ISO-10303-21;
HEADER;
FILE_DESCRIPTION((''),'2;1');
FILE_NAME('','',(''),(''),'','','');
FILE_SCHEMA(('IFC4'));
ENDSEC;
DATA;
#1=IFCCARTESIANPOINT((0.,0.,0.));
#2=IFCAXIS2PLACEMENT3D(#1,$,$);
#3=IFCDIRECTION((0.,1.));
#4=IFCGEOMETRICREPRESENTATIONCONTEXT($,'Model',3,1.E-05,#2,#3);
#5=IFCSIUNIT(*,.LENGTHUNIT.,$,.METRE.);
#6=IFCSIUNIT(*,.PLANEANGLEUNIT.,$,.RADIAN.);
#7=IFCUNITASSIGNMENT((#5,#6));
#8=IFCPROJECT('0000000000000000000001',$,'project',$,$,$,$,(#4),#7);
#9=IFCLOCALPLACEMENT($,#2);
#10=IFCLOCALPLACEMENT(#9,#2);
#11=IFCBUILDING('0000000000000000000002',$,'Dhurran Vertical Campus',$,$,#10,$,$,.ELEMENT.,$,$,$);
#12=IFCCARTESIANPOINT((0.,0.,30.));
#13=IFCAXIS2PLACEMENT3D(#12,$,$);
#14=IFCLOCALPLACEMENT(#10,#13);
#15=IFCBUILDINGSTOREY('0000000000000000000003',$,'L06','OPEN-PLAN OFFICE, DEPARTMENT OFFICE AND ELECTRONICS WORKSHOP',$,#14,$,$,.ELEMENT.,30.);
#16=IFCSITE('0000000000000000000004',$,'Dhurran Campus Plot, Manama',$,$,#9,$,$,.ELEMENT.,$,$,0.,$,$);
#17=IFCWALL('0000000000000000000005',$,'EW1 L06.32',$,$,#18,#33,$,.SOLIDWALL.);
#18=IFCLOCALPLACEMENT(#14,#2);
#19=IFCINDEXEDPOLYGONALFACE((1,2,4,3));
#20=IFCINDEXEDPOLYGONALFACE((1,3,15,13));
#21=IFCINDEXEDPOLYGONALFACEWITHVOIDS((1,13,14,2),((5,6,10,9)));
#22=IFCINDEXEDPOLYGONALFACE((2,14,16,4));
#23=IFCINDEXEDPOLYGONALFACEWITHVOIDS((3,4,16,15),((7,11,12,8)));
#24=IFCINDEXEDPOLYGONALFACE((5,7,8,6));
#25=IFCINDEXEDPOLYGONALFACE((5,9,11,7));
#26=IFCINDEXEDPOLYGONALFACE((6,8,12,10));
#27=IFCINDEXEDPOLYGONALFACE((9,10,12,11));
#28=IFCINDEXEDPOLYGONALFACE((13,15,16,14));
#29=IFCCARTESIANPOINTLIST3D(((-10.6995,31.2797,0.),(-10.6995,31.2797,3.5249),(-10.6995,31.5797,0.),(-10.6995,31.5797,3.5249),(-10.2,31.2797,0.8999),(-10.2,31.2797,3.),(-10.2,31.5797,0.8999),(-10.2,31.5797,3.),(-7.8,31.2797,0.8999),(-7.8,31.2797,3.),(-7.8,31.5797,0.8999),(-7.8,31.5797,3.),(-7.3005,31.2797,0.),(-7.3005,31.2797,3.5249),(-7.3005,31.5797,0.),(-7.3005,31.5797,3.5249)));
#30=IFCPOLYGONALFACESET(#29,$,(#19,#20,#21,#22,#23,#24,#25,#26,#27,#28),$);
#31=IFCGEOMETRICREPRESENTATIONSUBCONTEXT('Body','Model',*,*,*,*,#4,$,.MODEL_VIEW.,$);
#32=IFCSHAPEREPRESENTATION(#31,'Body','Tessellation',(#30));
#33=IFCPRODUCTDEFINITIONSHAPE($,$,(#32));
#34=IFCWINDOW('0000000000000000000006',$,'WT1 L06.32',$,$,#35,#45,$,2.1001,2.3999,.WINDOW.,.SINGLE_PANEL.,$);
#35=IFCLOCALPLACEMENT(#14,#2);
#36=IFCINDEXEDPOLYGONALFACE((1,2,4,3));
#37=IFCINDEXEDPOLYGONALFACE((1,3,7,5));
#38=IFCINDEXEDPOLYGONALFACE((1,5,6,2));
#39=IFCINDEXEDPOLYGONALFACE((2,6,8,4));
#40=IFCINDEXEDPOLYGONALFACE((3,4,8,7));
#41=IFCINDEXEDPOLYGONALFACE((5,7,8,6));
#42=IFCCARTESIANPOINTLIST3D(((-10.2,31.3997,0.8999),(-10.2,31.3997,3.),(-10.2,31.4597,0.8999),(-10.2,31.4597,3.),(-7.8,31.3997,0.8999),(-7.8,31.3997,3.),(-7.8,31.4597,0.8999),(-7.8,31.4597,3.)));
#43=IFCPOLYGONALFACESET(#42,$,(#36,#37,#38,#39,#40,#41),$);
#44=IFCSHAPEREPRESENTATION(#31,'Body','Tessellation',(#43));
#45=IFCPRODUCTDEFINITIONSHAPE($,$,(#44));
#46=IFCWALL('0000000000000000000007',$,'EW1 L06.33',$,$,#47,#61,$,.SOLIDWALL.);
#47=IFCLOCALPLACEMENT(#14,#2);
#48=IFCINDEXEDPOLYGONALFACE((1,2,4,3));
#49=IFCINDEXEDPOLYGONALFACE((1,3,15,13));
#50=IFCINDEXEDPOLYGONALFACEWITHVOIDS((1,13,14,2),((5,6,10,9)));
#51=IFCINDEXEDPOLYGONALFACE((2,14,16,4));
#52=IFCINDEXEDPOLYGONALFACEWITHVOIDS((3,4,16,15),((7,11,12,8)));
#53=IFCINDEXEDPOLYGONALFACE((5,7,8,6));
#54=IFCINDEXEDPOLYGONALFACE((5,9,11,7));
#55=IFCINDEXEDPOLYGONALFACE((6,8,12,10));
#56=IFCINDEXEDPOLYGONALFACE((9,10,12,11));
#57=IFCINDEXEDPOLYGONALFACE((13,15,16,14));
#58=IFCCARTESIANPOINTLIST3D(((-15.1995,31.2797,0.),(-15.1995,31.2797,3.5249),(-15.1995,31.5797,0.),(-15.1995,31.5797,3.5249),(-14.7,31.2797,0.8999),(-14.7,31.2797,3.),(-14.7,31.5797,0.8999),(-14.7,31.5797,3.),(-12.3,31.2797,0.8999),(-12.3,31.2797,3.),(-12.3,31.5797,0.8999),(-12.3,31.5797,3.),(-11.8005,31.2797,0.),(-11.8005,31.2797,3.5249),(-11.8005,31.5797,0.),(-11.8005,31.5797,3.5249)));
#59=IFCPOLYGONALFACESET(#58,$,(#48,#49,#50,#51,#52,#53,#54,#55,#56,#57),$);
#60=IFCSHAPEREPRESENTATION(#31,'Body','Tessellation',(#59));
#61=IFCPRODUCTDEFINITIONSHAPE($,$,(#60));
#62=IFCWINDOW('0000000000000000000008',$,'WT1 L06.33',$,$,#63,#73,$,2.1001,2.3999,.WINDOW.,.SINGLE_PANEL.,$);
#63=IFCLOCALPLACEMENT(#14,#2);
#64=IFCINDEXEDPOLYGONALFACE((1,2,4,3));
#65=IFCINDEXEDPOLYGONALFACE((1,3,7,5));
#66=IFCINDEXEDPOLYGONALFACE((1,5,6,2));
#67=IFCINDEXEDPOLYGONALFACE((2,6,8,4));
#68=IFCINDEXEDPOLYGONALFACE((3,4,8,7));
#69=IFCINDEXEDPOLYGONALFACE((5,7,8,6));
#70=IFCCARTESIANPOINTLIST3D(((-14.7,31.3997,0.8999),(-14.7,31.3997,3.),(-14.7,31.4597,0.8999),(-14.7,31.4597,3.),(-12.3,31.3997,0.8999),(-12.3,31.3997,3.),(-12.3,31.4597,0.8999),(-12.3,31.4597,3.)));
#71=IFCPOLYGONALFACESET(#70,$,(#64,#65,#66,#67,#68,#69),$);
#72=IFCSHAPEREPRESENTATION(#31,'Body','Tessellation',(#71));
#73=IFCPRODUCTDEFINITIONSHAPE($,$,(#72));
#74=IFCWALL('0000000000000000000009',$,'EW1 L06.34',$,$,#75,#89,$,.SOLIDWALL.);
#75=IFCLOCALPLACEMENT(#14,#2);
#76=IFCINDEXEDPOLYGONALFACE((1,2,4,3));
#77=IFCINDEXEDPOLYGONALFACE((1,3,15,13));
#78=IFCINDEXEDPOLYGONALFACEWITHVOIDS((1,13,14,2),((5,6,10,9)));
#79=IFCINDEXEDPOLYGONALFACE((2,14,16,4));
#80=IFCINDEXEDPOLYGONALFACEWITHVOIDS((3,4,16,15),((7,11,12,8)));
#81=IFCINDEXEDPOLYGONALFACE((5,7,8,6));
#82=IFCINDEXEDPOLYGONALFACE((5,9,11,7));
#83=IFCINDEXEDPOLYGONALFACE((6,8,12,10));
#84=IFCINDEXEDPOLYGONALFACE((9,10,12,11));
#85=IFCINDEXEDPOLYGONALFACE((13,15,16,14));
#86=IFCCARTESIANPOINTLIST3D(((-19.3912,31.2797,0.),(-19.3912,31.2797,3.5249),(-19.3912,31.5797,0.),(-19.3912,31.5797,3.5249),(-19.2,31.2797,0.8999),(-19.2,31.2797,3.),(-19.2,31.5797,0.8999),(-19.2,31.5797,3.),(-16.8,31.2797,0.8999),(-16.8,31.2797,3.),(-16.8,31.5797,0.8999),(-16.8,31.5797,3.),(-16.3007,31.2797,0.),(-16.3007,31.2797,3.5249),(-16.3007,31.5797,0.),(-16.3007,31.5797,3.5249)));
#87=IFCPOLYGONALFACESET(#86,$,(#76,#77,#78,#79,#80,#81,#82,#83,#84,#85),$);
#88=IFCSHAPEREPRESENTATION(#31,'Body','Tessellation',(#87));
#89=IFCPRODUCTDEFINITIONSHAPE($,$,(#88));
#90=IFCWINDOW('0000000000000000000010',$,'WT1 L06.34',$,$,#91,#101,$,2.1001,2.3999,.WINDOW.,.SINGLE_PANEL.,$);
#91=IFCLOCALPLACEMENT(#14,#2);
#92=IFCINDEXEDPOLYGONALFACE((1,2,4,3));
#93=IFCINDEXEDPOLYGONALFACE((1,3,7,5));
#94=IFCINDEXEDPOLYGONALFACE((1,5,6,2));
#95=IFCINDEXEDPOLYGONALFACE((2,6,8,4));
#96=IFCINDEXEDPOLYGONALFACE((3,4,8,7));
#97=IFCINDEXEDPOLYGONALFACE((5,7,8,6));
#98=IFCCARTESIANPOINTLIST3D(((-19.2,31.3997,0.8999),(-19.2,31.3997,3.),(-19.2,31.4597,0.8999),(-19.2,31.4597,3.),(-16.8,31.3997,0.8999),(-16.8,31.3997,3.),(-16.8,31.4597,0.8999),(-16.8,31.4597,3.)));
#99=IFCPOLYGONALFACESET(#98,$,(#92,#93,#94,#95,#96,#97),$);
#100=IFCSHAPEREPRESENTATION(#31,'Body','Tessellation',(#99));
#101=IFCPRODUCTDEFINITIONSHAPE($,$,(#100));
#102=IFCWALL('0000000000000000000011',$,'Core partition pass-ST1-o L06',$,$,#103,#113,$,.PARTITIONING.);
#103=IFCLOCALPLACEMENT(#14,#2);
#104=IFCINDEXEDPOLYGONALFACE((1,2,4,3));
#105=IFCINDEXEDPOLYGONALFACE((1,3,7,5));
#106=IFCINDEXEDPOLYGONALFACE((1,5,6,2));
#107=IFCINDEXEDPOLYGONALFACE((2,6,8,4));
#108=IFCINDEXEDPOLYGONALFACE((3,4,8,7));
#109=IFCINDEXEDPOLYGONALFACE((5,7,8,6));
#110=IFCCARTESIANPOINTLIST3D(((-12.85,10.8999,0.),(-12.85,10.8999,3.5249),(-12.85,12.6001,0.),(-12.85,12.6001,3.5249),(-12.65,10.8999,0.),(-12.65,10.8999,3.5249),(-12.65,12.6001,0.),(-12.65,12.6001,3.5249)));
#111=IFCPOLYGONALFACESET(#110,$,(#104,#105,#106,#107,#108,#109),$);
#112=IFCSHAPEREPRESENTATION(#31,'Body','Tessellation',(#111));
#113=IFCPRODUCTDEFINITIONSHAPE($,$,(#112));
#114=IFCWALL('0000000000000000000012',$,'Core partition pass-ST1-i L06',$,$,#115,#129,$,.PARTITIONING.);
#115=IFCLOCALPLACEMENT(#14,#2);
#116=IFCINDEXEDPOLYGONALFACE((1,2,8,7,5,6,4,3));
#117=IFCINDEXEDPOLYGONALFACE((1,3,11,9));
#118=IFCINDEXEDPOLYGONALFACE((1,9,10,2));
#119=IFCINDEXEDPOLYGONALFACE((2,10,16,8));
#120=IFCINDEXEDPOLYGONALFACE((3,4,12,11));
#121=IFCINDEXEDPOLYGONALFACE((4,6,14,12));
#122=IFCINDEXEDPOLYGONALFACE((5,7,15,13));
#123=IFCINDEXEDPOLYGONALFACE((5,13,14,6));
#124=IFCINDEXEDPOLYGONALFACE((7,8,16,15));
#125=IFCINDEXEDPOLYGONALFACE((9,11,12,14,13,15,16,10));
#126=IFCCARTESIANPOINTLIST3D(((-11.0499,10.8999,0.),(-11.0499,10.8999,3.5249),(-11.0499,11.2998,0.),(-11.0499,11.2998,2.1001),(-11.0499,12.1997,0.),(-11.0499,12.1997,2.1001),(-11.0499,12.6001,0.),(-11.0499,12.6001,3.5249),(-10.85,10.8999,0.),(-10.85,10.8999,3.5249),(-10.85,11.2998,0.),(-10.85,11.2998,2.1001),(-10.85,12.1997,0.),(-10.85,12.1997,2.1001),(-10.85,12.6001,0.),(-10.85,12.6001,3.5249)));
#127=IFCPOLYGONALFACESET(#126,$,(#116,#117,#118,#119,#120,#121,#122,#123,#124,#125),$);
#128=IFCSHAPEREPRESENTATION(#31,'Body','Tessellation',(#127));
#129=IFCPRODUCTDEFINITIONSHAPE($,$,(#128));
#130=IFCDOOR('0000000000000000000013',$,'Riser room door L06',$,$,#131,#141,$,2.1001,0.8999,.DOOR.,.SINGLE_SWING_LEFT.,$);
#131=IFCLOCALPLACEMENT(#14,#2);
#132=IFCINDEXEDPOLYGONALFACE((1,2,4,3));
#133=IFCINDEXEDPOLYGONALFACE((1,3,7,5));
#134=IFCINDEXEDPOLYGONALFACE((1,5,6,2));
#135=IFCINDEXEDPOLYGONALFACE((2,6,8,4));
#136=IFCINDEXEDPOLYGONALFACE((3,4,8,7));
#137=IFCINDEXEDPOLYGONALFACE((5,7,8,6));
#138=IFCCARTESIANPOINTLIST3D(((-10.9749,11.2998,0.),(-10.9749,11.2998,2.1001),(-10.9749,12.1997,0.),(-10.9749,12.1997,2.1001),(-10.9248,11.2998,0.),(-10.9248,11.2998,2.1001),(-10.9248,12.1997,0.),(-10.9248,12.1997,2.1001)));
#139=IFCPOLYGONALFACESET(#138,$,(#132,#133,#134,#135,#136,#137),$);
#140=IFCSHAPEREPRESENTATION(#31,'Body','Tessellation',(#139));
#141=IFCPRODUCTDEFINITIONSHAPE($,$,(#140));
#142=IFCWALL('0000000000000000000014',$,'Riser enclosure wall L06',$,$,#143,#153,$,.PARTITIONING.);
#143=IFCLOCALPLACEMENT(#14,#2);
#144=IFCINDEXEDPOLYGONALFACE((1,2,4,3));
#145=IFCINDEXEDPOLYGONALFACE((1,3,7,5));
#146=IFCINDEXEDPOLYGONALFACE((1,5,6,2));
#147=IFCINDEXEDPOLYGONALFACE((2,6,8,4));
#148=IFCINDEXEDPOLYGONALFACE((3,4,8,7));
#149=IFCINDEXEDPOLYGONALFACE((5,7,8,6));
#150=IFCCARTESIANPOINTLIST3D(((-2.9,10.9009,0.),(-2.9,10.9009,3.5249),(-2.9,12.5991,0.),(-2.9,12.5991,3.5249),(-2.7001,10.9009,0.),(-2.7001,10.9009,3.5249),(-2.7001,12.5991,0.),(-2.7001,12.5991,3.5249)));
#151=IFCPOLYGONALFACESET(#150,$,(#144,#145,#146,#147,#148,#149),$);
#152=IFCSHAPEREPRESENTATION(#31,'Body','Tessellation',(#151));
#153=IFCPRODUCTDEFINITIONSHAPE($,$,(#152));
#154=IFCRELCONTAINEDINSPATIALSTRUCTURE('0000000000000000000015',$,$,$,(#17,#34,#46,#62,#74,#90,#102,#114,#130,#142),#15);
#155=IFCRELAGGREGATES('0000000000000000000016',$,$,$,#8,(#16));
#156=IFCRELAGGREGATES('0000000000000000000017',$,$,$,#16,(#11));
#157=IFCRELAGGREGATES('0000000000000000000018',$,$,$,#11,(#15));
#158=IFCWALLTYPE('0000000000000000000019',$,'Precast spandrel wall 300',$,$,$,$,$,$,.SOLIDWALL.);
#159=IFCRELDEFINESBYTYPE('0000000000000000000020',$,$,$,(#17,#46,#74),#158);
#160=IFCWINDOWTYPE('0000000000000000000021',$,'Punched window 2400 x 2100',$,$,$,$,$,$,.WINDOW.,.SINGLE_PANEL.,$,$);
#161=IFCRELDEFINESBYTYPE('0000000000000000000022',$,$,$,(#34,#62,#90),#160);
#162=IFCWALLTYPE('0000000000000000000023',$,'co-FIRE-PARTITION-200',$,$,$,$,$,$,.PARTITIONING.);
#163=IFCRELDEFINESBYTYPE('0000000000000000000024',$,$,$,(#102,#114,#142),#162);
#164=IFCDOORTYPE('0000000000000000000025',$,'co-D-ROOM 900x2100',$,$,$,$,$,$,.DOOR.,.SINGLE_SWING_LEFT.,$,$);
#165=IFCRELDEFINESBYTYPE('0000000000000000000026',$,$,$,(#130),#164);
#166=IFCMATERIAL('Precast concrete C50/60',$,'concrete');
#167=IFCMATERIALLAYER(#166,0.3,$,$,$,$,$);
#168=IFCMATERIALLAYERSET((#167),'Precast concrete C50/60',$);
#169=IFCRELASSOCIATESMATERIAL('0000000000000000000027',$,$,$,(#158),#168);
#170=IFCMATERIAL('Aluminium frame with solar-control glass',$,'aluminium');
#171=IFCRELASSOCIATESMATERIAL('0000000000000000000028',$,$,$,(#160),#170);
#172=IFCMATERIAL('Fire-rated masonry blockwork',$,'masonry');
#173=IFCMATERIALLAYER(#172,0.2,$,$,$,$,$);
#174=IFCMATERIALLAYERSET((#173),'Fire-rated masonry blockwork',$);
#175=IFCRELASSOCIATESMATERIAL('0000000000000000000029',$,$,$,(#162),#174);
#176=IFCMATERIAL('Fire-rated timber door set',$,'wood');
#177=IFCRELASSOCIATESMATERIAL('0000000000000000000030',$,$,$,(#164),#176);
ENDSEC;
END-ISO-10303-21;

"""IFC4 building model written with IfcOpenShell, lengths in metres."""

from ifc_helpers import new_model, si_unit, direction, frame, frame_2d, origin, place, context, subcontext, project, spatial, rectangle, extrude, material, layer, layer_set, type_object, element, fill, save


model = new_model("IFC4")

# Units and contexts
model_context = context("Model", 3, precision=1e-05, world=origin(), true_north=direction((0.0, 1.0)))
body_context = subcontext(model_context, "Body", "Model", "MODEL_VIEW")
ifc_project = project(units=[si_unit("LENGTHUNIT", "METRE"), si_unit("PLANEANGLEUNIT", "RADIAN")], contexts=[model_context])

# Site, building, storey
site_placement = place(None, origin())
site = spatial("IfcSite", under=ifc_project, at=site_placement, Name="Dhurran Campus Plot, Manama", CompositionType="ELEMENT", RefElevation=0.0)
building_placement = place(site_placement, origin())
building = spatial("IfcBuilding", under=site, at=building_placement, Name="Dhurran Vertical Campus", CompositionType="ELEMENT")
storey_placement = place(building_placement, frame((0.0, 0.0, 30.0)))
storey = spatial("IfcBuildingStorey", under=building, at=storey_placement, Name="L06", Description="OPEN-PLAN OFFICE, DEPARTMENT OFFICE AND ELECTRONICS WORKSHOP", CompositionType="ELEMENT", Elevation=30.0)

# Walls, openings, windows
ifc_material_1 = material(Name="Precast concrete C50/60", Category="concrete")
ifc_layer_1 = layer(ifc_material_1, 0.3)
ifc_layer_set_1 = layer_set([ifc_layer_1], Name="Precast concrete C50/60")
wall_type_1 = type_object("IfcWallType", Name="Precast spandrel wall 300", PredefinedType="SOLIDWALL", material=ifc_layer_set_1)
ifc_material_2 = material(Name="Aluminium frame with solar-control glass", Category="aluminium")
window_type = type_object("IfcWindowType", Name="Punched window 2400 x 2100", PartitioningType="SINGLE_PANEL", PredefinedType="WINDOW", material=ifc_material_2)
wall_1_placement = place(storey_placement, frame((-7.3005, 31.4297, 0.0), z_axis=(0.0, 0.0, 1.0), x_axis=(-1.0, 0.0, 0.0)))
wall_1 = element("IfcWall", 1, at=wall_1_placement, inside=storey, type_object=wall_type_1, Name="EW1 L06.32", PredefinedType="SOLIDWALL", context=body_context, shape_type="SweptSolid", body=[
    extrude(rectangle(XDim=3.3989, YDim=0.3, at=frame_2d((1.6995, 0.0))), origin(), (0.0, 0.0, 1.0), 3.5249),
])
opening_1_placement = place(wall_1_placement, frame((0.4995, 0.0, 0.8999)))
opening_1 = element("IfcOpeningElement", 2, at=opening_1_placement, cuts=wall_1, PredefinedType="OPENING", context=body_context, shape_type="SweptSolid", body=[
    extrude(rectangle(XDim=2.3999, YDim=2.1001, at=frame_2d((1.2, 1.05))), frame((0.0, 0.1599, 0.0), z_axis=(0.0, -1.0, 0.0), x_axis=(1.0, 0.0, 0.0)), (0.0, 0.0, 1.0), 0.3201),
])
window_1_placement = place(opening_1_placement, origin())
window_1 = element("IfcWindow", 3, at=window_1_placement, inside=storey, type_object=window_type, Name="WT1 L06.32", OverallHeight=2.1001, OverallWidth=2.3999, PartitioningType="SINGLE_PANEL", PredefinedType="WINDOW", context=body_context, shape_type="SweptSolid", body=[
    extrude(rectangle(XDim=2.3999, YDim=2.1001, at=frame_2d((1.2, 1.05))), frame((0.0, 0.03, 0.0), z_axis=(0.0, -1.0, 0.0), x_axis=(1.0, 0.0, 0.0)), (0.0, 0.0, 1.0), 0.0601),
])
fill(opening_1, window_1)
wall_2_placement = place(storey_placement, frame((-11.8005, 31.4297, 0.0), z_axis=(0.0, 0.0, 1.0), x_axis=(-1.0, 0.0, 0.0)))
wall_2 = element("IfcWall", 4, at=wall_2_placement, inside=storey, type_object=wall_type_1, Name="EW1 L06.33", PredefinedType="SOLIDWALL", context=body_context, shape_type="SweptSolid", body=[
    extrude(rectangle(XDim=3.3989, YDim=0.3, at=frame_2d((1.6995, 0.0))), origin(), (0.0, 0.0, 1.0), 3.5249),
])
opening_2_placement = place(wall_2_placement, frame((0.4995, 0.0, 0.8999)))
opening_2 = element("IfcOpeningElement", 5, at=opening_2_placement, cuts=wall_2, PredefinedType="OPENING", context=body_context, shape_type="SweptSolid", body=[
    extrude(rectangle(XDim=2.3999, YDim=2.1001, at=frame_2d((1.2, 1.05))), frame((0.0, 0.1599, 0.0), z_axis=(0.0, -1.0, 0.0), x_axis=(1.0, 0.0, 0.0)), (0.0, 0.0, 1.0), 0.3201),
])
window_2_placement = place(opening_2_placement, origin())
window_2 = element("IfcWindow", 6, at=window_2_placement, inside=storey, type_object=window_type, Name="WT1 L06.33", OverallHeight=2.1001, OverallWidth=2.3999, PartitioningType="SINGLE_PANEL", PredefinedType="WINDOW", context=body_context, shape_type="SweptSolid", body=[
    extrude(rectangle(XDim=2.3999, YDim=2.1001, at=frame_2d((1.2, 1.05))), frame((0.0, 0.03, 0.0), z_axis=(0.0, -1.0, 0.0), x_axis=(1.0, 0.0, 0.0)), (0.0, 0.0, 1.0), 0.0601),
])
fill(opening_2, window_2)
wall_3_placement = place(storey_placement, frame((-16.3005, 31.4297, 0.0), z_axis=(0.0, 0.0, 1.0), x_axis=(-1.0, 0.0, 0.0)))
wall_3 = element("IfcWall", 7, at=wall_3_placement, inside=storey, type_object=wall_type_1, Name="EW1 L06.34", PredefinedType="SOLIDWALL", context=body_context, shape_type="SweptSolid", body=[
    extrude(rectangle(XDim=3.0906, YDim=0.3, at=frame_2d((1.5454, 0.0))), origin(), (0.0, 0.0, 1.0), 3.5249),
])
opening_3_placement = place(wall_3_placement, frame((0.4995, 0.0, 0.8999)))
opening_3 = element("IfcOpeningElement", 8, at=opening_3_placement, cuts=wall_3, PredefinedType="OPENING", context=body_context, shape_type="SweptSolid", body=[
    extrude(rectangle(XDim=2.3999, YDim=2.1001, at=frame_2d((1.2, 1.05))), frame((0.0, 0.1599, 0.0), z_axis=(0.0, -1.0, 0.0), x_axis=(1.0, 0.0, 0.0)), (0.0, 0.0, 1.0), 0.3201),
])
window_3_placement = place(opening_3_placement, origin())
window_3 = element("IfcWindow", 9, at=window_3_placement, inside=storey, type_object=window_type, Name="WT1 L06.34", OverallHeight=2.1001, OverallWidth=2.3999, PartitioningType="SINGLE_PANEL", PredefinedType="WINDOW", context=body_context, shape_type="SweptSolid", body=[
    extrude(rectangle(XDim=2.3999, YDim=2.1001, at=frame_2d((1.2, 1.05))), frame((0.0, 0.03, 0.0), z_axis=(0.0, -1.0, 0.0), x_axis=(1.0, 0.0, 0.0)), (0.0, 0.0, 1.0), 0.0601),
])
fill(opening_3, window_3)

# Wall
ifc_material_3 = material(Name="Fire-rated masonry blockwork", Category="masonry")
ifc_layer_2 = layer(ifc_material_3, 0.2)
ifc_layer_set_2 = layer_set([ifc_layer_2], Name="Fire-rated masonry blockwork")
wall_type_2 = type_object("IfcWallType", Name="co-FIRE-PARTITION-200", PredefinedType="PARTITIONING", material=ifc_layer_set_2)
wall_4_placement = place(storey_placement, frame((-12.75, 10.8999, 0.0), z_axis=(0.0, 0.0, 1.0), x_axis=(0.0, 1.0, 0.0)))
element("IfcWall", 10, at=wall_4_placement, inside=storey, type_object=wall_type_2, Name="Core partition pass-ST1-o L06", PredefinedType="PARTITIONING", context=body_context, shape_type="SweptSolid", body=[
    extrude(rectangle(XDim=1.7002, YDim=0.2, at=frame_2d((0.8501, 0.0))), origin(), (0.0, 0.0, 1.0), 3.5249),
])

# Wall, opening, door
wall_5_placement = place(storey_placement, frame((-10.95, 10.8999, 0.0), z_axis=(0.0, 0.0, 1.0), x_axis=(0.0, 1.0, 0.0)))
wall_5 = element("IfcWall", 11, at=wall_5_placement, inside=storey, type_object=wall_type_2, Name="Core partition pass-ST1-i L06", PredefinedType="PARTITIONING", context=body_context, shape_type="SweptSolid", body=[
    extrude(rectangle(XDim=1.7002, YDim=0.2, at=frame_2d((0.8501, 0.0))), origin(), (0.0, 0.0, 1.0), 3.5249),
])
opening_4_placement = place(wall_5_placement, frame((0.3999, 0.0, 0.0)))
opening_4 = element("IfcOpeningElement", 12, at=opening_4_placement, cuts=wall_5, PredefinedType="OPENING", context=body_context, shape_type="SweptSolid", body=[
    extrude(rectangle(XDim=0.8999, YDim=2.1001, at=frame_2d((0.45, 1.05))), frame((0.0, 0.1099, 0.0), z_axis=(0.0, -1.0, 0.0), x_axis=(1.0, 0.0, 0.0)), (0.0, 0.0, 1.0), 0.22),
])
ifc_material_4 = material(Name="Fire-rated timber door set", Category="wood")
door_type_1 = type_object("IfcDoorType", Name="co-D-ROOM 900x2100", OperationType="SINGLE_SWING_LEFT", PredefinedType="DOOR", material=ifc_material_4)
door_1_placement = place(opening_4_placement, origin())
door_1 = element("IfcDoor", 13, at=door_1_placement, inside=storey, type_object=door_type_1, Name="Riser room door L06", OperationType="SINGLE_SWING_LEFT", OverallHeight=2.1001, OverallWidth=0.8999, PredefinedType="DOOR", context=body_context, shape_type="SweptSolid", body=[
    extrude(rectangle(XDim=0.8999, YDim=2.1001, at=frame_2d((0.45, 1.05))), frame((0.0, 0.0249, 0.0), z_axis=(0.0, -1.0, 0.0), x_axis=(1.0, 0.0, 0.0)), (0.0, 0.0, 1.0), 0.05),
])
fill(opening_4, door_1)

# Wall
wall_6_placement = place(storey_placement, frame((-2.8, 10.9009, 0.0), z_axis=(0.0, 0.0, 1.0), x_axis=(0.0, 1.0, 0.0)))
element("IfcWall", 14, at=wall_6_placement, inside=storey, type_object=wall_type_2, Name="Riser enclosure wall L06", PredefinedType="PARTITIONING", context=body_context, shape_type="SweptSolid", body=[
    extrude(rectangle(XDim=1.6982, YDim=0.2, at=frame_2d((0.8491, 0.0))), origin(), (0.0, 0.0, 1.0), 3.5249),
])

save(model, "model.ifc")
